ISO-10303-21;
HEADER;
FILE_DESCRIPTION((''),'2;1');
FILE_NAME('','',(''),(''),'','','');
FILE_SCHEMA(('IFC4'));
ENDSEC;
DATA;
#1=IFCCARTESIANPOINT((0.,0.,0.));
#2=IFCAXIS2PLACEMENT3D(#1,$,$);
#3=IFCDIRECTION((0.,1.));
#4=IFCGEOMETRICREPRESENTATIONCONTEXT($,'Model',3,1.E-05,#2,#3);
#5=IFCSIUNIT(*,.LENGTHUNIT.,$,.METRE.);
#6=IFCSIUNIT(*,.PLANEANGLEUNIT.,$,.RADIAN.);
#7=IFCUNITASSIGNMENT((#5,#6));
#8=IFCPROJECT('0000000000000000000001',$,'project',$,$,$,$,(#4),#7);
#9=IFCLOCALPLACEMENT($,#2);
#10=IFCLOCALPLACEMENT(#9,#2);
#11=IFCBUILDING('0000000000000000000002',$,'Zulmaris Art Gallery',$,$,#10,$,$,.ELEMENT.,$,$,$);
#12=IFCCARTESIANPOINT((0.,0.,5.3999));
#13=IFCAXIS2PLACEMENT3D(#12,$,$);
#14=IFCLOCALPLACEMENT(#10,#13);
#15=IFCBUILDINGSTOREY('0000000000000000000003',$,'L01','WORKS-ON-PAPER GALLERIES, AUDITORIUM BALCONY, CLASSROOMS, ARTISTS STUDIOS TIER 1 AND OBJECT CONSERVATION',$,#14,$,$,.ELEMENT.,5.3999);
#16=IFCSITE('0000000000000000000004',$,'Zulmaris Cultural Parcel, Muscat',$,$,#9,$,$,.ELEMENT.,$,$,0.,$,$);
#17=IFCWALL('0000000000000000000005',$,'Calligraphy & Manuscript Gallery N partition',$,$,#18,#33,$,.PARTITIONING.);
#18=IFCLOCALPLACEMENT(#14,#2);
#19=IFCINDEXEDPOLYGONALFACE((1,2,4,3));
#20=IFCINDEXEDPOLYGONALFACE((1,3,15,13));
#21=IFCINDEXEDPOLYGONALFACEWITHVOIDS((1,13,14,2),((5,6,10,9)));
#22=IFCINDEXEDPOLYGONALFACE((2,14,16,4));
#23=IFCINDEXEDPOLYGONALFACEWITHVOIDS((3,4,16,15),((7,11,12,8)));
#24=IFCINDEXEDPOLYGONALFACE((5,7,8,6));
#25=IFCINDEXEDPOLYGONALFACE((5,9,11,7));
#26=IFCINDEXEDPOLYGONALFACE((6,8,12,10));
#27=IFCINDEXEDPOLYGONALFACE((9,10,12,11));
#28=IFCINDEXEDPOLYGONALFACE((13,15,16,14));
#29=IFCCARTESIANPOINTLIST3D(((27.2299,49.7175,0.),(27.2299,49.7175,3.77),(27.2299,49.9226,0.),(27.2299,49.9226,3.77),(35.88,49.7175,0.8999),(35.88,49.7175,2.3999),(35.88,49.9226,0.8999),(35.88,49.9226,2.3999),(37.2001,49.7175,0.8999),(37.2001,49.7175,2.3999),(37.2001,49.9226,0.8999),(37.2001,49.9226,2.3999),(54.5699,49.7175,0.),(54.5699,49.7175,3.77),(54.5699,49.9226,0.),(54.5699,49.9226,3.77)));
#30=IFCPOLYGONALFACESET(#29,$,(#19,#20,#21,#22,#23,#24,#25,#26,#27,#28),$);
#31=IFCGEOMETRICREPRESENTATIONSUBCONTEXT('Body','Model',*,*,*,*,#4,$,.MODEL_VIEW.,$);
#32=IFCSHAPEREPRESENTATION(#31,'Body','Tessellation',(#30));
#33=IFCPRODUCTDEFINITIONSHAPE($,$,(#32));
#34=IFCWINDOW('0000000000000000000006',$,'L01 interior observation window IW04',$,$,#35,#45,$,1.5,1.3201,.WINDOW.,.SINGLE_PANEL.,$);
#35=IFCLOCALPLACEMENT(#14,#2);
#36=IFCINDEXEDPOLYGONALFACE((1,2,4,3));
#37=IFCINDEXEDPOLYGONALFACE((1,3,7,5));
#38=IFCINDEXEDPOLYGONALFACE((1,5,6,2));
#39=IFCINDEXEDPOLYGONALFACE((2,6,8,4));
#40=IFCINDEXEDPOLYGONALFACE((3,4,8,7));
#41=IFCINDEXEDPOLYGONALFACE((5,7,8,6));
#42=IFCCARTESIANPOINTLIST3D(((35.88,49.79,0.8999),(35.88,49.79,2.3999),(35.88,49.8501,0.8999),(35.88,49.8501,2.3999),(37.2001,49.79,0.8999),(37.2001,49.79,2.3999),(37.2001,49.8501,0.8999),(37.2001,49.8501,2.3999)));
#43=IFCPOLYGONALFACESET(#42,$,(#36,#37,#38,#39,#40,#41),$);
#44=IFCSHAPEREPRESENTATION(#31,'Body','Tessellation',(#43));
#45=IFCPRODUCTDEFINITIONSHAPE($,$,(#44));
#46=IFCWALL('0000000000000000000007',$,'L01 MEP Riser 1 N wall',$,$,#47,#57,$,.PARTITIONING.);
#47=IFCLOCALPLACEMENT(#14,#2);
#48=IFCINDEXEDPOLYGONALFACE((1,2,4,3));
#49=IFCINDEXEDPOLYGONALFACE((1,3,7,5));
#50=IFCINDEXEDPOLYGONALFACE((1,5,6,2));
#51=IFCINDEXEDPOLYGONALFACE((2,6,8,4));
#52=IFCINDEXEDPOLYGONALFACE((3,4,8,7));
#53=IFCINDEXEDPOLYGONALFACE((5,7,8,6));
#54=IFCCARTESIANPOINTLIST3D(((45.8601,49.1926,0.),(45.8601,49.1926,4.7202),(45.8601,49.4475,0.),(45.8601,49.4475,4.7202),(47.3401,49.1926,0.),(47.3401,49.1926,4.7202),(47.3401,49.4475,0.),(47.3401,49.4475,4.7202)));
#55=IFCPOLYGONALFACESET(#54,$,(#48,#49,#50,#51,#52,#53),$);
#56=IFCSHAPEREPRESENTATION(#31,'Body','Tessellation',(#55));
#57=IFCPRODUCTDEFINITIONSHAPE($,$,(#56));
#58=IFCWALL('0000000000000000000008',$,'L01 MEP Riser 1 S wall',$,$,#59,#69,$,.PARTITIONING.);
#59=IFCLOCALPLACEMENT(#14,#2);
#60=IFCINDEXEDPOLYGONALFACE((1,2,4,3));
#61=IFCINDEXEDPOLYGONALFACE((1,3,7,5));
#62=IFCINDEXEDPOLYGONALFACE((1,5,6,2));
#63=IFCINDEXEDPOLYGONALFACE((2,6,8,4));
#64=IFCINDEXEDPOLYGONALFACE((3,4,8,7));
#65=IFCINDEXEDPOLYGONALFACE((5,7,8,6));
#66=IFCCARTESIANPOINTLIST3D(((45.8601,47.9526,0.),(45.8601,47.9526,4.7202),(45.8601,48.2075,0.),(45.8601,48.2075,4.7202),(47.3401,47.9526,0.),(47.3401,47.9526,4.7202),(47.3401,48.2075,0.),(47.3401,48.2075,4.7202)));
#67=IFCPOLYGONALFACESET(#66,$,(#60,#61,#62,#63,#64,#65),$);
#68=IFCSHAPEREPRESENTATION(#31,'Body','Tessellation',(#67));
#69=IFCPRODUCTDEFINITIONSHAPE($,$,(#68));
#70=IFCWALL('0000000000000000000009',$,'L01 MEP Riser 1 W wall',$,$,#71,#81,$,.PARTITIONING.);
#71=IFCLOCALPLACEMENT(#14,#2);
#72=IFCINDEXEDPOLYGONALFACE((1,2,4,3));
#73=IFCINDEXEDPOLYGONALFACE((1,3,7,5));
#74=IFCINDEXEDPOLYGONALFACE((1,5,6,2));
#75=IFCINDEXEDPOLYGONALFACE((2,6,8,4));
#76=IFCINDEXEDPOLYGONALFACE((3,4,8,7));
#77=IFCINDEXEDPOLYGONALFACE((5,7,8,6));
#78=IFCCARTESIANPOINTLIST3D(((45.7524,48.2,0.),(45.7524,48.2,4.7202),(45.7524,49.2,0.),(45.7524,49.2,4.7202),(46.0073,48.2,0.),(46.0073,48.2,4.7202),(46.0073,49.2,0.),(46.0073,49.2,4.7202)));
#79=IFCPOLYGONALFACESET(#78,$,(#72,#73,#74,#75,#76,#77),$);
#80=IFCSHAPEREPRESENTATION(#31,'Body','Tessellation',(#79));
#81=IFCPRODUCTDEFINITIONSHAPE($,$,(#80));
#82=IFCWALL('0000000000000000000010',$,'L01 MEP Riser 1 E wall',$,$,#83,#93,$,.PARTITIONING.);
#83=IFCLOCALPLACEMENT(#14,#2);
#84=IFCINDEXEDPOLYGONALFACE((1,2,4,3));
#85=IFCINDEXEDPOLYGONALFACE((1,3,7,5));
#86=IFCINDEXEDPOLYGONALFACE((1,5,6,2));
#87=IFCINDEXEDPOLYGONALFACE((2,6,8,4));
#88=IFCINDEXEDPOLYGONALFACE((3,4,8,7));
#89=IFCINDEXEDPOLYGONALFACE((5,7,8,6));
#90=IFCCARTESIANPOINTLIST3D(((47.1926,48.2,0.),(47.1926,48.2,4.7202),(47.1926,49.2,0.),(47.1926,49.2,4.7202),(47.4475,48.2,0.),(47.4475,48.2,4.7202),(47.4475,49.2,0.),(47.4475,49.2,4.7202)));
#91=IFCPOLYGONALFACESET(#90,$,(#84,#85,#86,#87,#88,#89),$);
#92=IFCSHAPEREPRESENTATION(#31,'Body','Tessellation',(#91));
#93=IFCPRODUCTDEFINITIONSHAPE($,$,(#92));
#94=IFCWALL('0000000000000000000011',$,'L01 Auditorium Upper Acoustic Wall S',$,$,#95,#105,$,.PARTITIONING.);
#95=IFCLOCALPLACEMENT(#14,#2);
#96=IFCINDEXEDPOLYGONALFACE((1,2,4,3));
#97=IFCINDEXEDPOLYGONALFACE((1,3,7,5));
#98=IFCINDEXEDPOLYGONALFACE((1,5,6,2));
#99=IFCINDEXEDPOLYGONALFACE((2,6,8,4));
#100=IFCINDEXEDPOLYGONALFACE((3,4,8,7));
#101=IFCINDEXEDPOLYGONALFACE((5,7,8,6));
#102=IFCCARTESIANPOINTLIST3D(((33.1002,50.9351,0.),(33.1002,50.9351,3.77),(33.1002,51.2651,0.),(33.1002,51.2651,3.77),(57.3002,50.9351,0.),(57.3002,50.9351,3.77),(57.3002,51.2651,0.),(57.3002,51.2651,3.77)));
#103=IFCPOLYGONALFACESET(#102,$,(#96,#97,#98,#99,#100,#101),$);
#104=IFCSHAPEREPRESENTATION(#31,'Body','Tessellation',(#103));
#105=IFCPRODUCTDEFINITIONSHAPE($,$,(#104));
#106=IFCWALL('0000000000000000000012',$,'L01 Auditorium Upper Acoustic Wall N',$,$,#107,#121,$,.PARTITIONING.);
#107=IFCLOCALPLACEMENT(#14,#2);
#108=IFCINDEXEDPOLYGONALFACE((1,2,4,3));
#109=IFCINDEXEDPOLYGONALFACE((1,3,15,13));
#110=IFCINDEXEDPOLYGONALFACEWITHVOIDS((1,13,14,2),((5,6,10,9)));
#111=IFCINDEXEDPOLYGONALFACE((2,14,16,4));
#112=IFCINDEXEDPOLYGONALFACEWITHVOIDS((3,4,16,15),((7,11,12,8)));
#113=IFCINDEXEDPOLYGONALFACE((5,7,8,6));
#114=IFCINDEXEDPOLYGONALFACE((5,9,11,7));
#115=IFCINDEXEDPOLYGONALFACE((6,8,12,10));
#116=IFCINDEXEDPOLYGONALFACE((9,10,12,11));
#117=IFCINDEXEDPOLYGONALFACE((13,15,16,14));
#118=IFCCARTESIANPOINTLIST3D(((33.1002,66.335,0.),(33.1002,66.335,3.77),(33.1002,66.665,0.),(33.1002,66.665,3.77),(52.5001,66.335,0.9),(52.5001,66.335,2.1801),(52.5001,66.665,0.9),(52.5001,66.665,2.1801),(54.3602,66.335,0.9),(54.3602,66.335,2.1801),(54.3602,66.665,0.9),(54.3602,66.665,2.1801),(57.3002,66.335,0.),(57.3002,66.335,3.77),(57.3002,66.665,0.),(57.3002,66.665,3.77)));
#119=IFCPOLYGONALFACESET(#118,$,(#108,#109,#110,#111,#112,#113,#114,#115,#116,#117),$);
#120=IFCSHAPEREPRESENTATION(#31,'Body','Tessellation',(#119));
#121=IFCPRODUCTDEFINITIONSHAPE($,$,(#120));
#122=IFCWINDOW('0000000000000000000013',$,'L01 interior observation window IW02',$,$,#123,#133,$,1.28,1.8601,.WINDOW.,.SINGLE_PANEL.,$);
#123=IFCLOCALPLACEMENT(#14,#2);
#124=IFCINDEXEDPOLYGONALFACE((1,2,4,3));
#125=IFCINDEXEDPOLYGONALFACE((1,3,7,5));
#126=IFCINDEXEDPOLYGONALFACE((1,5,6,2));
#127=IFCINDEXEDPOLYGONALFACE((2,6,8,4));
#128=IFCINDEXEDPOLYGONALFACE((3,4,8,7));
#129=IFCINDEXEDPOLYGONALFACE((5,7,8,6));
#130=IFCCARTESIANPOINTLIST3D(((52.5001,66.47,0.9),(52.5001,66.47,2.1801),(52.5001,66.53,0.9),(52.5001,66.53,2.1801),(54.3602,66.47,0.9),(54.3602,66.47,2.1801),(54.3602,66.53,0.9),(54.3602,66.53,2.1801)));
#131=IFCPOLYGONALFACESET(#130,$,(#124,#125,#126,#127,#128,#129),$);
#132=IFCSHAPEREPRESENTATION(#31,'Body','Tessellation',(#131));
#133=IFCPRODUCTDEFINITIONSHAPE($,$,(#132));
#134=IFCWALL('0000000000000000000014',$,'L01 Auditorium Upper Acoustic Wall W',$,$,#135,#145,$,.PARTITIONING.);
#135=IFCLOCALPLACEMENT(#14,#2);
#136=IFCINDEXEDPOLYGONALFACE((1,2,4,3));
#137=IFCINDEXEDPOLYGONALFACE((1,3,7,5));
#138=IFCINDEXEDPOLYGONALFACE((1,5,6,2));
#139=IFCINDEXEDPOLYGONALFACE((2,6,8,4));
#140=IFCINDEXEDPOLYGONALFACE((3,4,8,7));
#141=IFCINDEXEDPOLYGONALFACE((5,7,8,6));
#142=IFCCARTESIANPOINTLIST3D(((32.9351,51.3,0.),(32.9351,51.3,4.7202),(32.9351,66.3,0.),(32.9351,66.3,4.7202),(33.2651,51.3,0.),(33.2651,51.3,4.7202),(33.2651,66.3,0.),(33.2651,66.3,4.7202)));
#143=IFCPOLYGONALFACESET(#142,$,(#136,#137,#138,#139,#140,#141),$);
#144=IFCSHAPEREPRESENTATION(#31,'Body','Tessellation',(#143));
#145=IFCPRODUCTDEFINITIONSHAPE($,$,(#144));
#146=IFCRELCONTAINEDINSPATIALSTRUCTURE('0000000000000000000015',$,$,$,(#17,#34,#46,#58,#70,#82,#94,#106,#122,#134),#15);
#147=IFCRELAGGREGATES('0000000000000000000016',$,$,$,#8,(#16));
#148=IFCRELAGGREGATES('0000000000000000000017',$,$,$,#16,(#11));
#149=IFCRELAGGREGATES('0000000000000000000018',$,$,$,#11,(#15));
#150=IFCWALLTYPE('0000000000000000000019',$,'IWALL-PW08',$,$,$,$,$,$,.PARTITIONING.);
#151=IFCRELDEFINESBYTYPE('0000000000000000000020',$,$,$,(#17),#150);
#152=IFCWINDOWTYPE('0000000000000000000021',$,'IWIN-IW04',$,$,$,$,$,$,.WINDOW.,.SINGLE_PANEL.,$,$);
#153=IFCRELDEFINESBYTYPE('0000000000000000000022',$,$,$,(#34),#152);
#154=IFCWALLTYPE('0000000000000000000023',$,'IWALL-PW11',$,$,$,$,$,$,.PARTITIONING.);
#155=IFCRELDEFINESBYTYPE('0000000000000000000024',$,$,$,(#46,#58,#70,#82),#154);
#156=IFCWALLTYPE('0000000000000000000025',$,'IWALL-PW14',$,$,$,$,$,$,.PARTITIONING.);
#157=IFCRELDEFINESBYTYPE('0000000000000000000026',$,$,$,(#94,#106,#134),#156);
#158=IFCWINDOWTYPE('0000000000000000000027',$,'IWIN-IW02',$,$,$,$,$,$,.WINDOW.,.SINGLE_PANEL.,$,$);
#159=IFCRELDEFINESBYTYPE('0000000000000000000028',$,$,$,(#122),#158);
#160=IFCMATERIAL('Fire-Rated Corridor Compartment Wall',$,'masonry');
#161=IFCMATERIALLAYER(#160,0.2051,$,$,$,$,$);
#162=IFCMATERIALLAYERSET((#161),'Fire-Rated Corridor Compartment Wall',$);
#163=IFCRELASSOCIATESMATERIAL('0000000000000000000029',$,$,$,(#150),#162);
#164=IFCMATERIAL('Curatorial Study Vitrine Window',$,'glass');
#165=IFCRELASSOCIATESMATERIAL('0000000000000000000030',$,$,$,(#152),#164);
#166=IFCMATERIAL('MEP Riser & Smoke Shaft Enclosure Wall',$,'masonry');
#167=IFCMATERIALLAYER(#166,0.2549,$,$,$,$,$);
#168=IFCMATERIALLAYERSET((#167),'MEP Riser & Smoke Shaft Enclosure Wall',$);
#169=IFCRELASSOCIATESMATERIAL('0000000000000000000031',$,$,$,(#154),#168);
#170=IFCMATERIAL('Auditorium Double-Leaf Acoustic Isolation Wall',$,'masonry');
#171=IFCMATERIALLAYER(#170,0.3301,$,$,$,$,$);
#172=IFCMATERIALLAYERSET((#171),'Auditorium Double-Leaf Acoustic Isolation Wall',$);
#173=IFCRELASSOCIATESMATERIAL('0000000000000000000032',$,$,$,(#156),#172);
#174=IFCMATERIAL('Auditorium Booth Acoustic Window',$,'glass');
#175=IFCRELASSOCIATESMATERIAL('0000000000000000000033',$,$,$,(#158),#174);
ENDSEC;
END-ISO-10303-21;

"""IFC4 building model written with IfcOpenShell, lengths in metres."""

from ifc_helpers import new_model, si_unit, direction, frame, frame_2d, origin, place, context, subcontext, project, spatial, rectangle, extrude, material, layer, layer_set, type_object, element, fill, save


model = new_model("IFC4")

# Units and contexts
model_context = context("Model", 3, precision=1e-05, world=origin(), true_north=direction((0.0, 1.0)))
body_context = subcontext(model_context, "Body", "Model", "MODEL_VIEW")
ifc_project = project(units=[si_unit("LENGTHUNIT", "METRE"), si_unit("PLANEANGLEUNIT", "RADIAN")], contexts=[model_context])

# Site, building, storey
site_placement = place(None, origin())
site = spatial("IfcSite", under=ifc_project, at=site_placement, Name="Zulmaris Cultural Parcel, Muscat", CompositionType="ELEMENT", RefElevation=0.0)
building_placement = place(site_placement, origin())
building = spatial("IfcBuilding", under=site, at=building_placement, Name="Zulmaris Art Gallery", CompositionType="ELEMENT")
storey_placement = place(building_placement, frame((0.0, 0.0, 5.3999)))
storey = spatial("IfcBuildingStorey", under=building, at=storey_placement, Name="L01", Description="WORKS-ON-PAPER GALLERIES, AUDITORIUM BALCONY, CLASSROOMS, ARTISTS STUDIOS TIER 1 AND OBJECT CONSERVATION", CompositionType="ELEMENT", Elevation=5.3999)

# Wall, opening, window
ifc_material_1 = material(Name="Fire-Rated Corridor Compartment Wall", Category="masonry")
ifc_layer_1 = layer(ifc_material_1, 0.2051)
ifc_layer_set_1 = layer_set([ifc_layer_1], Name="Fire-Rated Corridor Compartment Wall")
wall_type_1 = type_object("IfcWallType", Name="IWALL-PW08", PredefinedType="PARTITIONING", material=ifc_layer_set_1)
wall_1_placement = place(storey_placement, frame((27.23, 49.8201, 0.0), z_axis=(0.0, 0.0, 1.0), x_axis=(1.0, 0.0, 0.0)))
wall_1 = element("IfcWall", 1, at=wall_1_placement, inside=storey, type_object=wall_type_1, Name="Calligraphy & Manuscript Gallery N partition", PredefinedType="PARTITIONING", context=body_context, shape_type="SweptSolid", body=[
    extrude(rectangle(XDim=27.3401, YDim=0.2051, at=frame_2d((13.6699, 0.0))), origin(), (0.0, 0.0, 1.0), 3.77),
])
opening_1_placement = place(wall_1_placement, frame((8.6499, 0.0, 0.8999)))
opening_1 = element("IfcOpeningElement", 2, at=opening_1_placement, cuts=wall_1, PredefinedType="OPENING", context=body_context, shape_type="SweptSolid", body=[
    extrude(rectangle(XDim=1.3201, YDim=1.5, at=frame_2d((0.6602, 0.75))), frame((0.0, 0.1125, 0.0), z_axis=(0.0, -1.0, 0.0), x_axis=(1.0, 0.0, 0.0)), (0.0, 0.0, 1.0), 0.2251),
])
ifc_material_2 = material(Name="Curatorial Study Vitrine Window", Category="glass")
window_type_1 = type_object("IfcWindowType", Name="IWIN-IW04", PartitioningType="SINGLE_PANEL", PredefinedType="WINDOW", material=ifc_material_2)
window_1_placement = place(opening_1_placement, origin())
window_1 = element("IfcWindow", 3, at=window_1_placement, inside=storey, type_object=window_type_1, Name="L01 interior observation window IW04", OverallHeight=1.5, OverallWidth=1.3201, PartitioningType="SINGLE_PANEL", PredefinedType="WINDOW", context=body_context, shape_type="SweptSolid", body=[
    extrude(rectangle(XDim=1.3201, YDim=1.5, at=frame_2d((0.6602, 0.75))), frame((0.0, 0.03, 0.0), z_axis=(0.0, -1.0, 0.0), x_axis=(1.0, 0.0, 0.0)), (0.0, 0.0, 1.0), 0.0601),
])
fill(opening_1, window_1)

# Walls
ifc_material_3 = material(Name="MEP Riser & Smoke Shaft Enclosure Wall", Category="masonry")
ifc_layer_2 = layer(ifc_material_3, 0.2549)
ifc_layer_set_2 = layer_set([ifc_layer_2], Name="MEP Riser & Smoke Shaft Enclosure Wall")
wall_type_2 = type_object("IfcWallType", Name="IWALL-PW11", PredefinedType="PARTITIONING", material=ifc_layer_set_2)
for number, where, z_axis, x_axis, name in (
    (4, (45.8601, 49.3201, 0.0), (0.0, 0.0, 1.0), (1.0, 0.0, 0.0), "L01 MEP Riser 1 N wall"),
    (5, (45.8601, 48.0801, 0.0), (0.0, 0.0, 1.0), (1.0, 0.0, 0.0), "L01 MEP Riser 1 S wall"),
):
    element("IfcWall", number, at=place(storey_placement, frame(where, z_axis=z_axis, x_axis=x_axis)), inside=storey, type_object=wall_type_2, Name=name, PredefinedType="PARTITIONING", context=body_context, shape_type="SweptSolid", body=[
        extrude(rectangle(XDim=1.48, YDim=0.2549, at=frame_2d((0.74, 0.0))), origin(), (0.0, 0.0, 1.0), 4.7202),
    ])
for number, where, z_axis, x_axis, name in (
    (6, (45.8799, 48.2, 0.0), (0.0, 0.0, 1.0), (0.0, 1.0, 0.0), "L01 MEP Riser 1 W wall"),
    (7, (47.3201, 48.2, 0.0), (0.0, 0.0, 1.0), (0.0, 1.0, 0.0), "L01 MEP Riser 1 E wall"),
):
    element("IfcWall", number, at=place(storey_placement, frame(where, z_axis=z_axis, x_axis=x_axis)), inside=storey, type_object=wall_type_2, Name=name, PredefinedType="PARTITIONING", context=body_context, shape_type="SweptSolid", body=[
        extrude(rectangle(XDim=1.0, YDim=0.2549, at=frame_2d((0.5, 0.0))), origin(), (0.0, 0.0, 1.0), 4.7202),
    ])
ifc_material_4 = material(Name="Auditorium Double-Leaf Acoustic Isolation Wall", Category="masonry")
ifc_layer_3 = layer(ifc_material_4, 0.3301)
ifc_layer_set_3 = layer_set([ifc_layer_3], Name="Auditorium Double-Leaf Acoustic Isolation Wall")
wall_type_3 = type_object("IfcWallType", Name="IWALL-PW14", PredefinedType="PARTITIONING", material=ifc_layer_set_3)
wall_2_placement = place(storey_placement, frame((33.1001, 51.1001, 0.0), z_axis=(0.0, 0.0, 1.0), x_axis=(1.0, 0.0, 0.0)))
element("IfcWall", 8, at=wall_2_placement, inside=storey, type_object=wall_type_3, Name="L01 Auditorium Upper Acoustic Wall S", PredefinedType="PARTITIONING", context=body_context, shape_type="SweptSolid", body=[
    extrude(rectangle(XDim=24.2, YDim=0.3301, at=frame_2d((12.1001, 0.0))), origin(), (0.0, 0.0, 1.0), 3.77),
])

# Wall, opening, window
wall_3_placement = place(storey_placement, frame((33.1001, 66.5, 0.0), z_axis=(0.0, 0.0, 1.0), x_axis=(1.0, 0.0, 0.0)))
wall_3 = element("IfcWall", 9, at=wall_3_placement, inside=storey, type_object=wall_type_3, Name="L01 Auditorium Upper Acoustic Wall N", PredefinedType="PARTITIONING", context=body_context, shape_type="SweptSolid", body=[
    extrude(rectangle(XDim=24.2, YDim=0.3301, at=frame_2d((12.1001, 0.0))), origin(), (0.0, 0.0, 1.0), 3.77),
])
opening_2_placement = place(wall_3_placement, frame((19.3999, 0.0, 0.8999)))
opening_2 = element("IfcOpeningElement", 10, at=opening_2_placement, cuts=wall_3, PredefinedType="OPENING", context=body_context, shape_type="SweptSolid", body=[
    extrude(rectangle(XDim=1.8601, YDim=1.28, at=frame_2d((0.9302, 0.6401))), frame((0.0, 0.175, 0.0), z_axis=(0.0, -1.0, 0.0), x_axis=(1.0, 0.0, 0.0)), (0.0, 0.0, 1.0), 0.3501),
])
ifc_material_5 = material(Name="Auditorium Booth Acoustic Window", Category="glass")
window_type_2 = type_object("IfcWindowType", Name="IWIN-IW02", PartitioningType="SINGLE_PANEL", PredefinedType="WINDOW", material=ifc_material_5)
window_2_placement = place(opening_2_placement, origin())
window_2 = element("IfcWindow", 11, at=window_2_placement, inside=storey, type_object=window_type_2, Name="L01 interior observation window IW02", OverallHeight=1.28, OverallWidth=1.8601, PartitioningType="SINGLE_PANEL", PredefinedType="WINDOW", context=body_context, shape_type="SweptSolid", body=[
    extrude(rectangle(XDim=1.8601, YDim=1.28, at=frame_2d((0.9302, 0.6401))), frame((0.0, 0.03, 0.0), z_axis=(0.0, -1.0, 0.0), x_axis=(1.0, 0.0, 0.0)), (0.0, 0.0, 1.0), 0.0601),
])
fill(opening_2, window_2)

# Wall
wall_4_placement = place(storey_placement, frame((33.1001, 51.3, 0.0), z_axis=(0.0, 0.0, 1.0), x_axis=(0.0, 1.0, 0.0)))
element("IfcWall", 12, at=wall_4_placement, inside=storey, type_object=wall_type_3, Name="L01 Auditorium Upper Acoustic Wall W", PredefinedType="PARTITIONING", context=body_context, shape_type="SweptSolid", body=[
    extrude(rectangle(XDim=15.0, YDim=0.3301, at=frame_2d((7.5, 0.0))), origin(), (0.0, 0.0, 1.0), 4.7202),
])

save(model, "model.ifc")
